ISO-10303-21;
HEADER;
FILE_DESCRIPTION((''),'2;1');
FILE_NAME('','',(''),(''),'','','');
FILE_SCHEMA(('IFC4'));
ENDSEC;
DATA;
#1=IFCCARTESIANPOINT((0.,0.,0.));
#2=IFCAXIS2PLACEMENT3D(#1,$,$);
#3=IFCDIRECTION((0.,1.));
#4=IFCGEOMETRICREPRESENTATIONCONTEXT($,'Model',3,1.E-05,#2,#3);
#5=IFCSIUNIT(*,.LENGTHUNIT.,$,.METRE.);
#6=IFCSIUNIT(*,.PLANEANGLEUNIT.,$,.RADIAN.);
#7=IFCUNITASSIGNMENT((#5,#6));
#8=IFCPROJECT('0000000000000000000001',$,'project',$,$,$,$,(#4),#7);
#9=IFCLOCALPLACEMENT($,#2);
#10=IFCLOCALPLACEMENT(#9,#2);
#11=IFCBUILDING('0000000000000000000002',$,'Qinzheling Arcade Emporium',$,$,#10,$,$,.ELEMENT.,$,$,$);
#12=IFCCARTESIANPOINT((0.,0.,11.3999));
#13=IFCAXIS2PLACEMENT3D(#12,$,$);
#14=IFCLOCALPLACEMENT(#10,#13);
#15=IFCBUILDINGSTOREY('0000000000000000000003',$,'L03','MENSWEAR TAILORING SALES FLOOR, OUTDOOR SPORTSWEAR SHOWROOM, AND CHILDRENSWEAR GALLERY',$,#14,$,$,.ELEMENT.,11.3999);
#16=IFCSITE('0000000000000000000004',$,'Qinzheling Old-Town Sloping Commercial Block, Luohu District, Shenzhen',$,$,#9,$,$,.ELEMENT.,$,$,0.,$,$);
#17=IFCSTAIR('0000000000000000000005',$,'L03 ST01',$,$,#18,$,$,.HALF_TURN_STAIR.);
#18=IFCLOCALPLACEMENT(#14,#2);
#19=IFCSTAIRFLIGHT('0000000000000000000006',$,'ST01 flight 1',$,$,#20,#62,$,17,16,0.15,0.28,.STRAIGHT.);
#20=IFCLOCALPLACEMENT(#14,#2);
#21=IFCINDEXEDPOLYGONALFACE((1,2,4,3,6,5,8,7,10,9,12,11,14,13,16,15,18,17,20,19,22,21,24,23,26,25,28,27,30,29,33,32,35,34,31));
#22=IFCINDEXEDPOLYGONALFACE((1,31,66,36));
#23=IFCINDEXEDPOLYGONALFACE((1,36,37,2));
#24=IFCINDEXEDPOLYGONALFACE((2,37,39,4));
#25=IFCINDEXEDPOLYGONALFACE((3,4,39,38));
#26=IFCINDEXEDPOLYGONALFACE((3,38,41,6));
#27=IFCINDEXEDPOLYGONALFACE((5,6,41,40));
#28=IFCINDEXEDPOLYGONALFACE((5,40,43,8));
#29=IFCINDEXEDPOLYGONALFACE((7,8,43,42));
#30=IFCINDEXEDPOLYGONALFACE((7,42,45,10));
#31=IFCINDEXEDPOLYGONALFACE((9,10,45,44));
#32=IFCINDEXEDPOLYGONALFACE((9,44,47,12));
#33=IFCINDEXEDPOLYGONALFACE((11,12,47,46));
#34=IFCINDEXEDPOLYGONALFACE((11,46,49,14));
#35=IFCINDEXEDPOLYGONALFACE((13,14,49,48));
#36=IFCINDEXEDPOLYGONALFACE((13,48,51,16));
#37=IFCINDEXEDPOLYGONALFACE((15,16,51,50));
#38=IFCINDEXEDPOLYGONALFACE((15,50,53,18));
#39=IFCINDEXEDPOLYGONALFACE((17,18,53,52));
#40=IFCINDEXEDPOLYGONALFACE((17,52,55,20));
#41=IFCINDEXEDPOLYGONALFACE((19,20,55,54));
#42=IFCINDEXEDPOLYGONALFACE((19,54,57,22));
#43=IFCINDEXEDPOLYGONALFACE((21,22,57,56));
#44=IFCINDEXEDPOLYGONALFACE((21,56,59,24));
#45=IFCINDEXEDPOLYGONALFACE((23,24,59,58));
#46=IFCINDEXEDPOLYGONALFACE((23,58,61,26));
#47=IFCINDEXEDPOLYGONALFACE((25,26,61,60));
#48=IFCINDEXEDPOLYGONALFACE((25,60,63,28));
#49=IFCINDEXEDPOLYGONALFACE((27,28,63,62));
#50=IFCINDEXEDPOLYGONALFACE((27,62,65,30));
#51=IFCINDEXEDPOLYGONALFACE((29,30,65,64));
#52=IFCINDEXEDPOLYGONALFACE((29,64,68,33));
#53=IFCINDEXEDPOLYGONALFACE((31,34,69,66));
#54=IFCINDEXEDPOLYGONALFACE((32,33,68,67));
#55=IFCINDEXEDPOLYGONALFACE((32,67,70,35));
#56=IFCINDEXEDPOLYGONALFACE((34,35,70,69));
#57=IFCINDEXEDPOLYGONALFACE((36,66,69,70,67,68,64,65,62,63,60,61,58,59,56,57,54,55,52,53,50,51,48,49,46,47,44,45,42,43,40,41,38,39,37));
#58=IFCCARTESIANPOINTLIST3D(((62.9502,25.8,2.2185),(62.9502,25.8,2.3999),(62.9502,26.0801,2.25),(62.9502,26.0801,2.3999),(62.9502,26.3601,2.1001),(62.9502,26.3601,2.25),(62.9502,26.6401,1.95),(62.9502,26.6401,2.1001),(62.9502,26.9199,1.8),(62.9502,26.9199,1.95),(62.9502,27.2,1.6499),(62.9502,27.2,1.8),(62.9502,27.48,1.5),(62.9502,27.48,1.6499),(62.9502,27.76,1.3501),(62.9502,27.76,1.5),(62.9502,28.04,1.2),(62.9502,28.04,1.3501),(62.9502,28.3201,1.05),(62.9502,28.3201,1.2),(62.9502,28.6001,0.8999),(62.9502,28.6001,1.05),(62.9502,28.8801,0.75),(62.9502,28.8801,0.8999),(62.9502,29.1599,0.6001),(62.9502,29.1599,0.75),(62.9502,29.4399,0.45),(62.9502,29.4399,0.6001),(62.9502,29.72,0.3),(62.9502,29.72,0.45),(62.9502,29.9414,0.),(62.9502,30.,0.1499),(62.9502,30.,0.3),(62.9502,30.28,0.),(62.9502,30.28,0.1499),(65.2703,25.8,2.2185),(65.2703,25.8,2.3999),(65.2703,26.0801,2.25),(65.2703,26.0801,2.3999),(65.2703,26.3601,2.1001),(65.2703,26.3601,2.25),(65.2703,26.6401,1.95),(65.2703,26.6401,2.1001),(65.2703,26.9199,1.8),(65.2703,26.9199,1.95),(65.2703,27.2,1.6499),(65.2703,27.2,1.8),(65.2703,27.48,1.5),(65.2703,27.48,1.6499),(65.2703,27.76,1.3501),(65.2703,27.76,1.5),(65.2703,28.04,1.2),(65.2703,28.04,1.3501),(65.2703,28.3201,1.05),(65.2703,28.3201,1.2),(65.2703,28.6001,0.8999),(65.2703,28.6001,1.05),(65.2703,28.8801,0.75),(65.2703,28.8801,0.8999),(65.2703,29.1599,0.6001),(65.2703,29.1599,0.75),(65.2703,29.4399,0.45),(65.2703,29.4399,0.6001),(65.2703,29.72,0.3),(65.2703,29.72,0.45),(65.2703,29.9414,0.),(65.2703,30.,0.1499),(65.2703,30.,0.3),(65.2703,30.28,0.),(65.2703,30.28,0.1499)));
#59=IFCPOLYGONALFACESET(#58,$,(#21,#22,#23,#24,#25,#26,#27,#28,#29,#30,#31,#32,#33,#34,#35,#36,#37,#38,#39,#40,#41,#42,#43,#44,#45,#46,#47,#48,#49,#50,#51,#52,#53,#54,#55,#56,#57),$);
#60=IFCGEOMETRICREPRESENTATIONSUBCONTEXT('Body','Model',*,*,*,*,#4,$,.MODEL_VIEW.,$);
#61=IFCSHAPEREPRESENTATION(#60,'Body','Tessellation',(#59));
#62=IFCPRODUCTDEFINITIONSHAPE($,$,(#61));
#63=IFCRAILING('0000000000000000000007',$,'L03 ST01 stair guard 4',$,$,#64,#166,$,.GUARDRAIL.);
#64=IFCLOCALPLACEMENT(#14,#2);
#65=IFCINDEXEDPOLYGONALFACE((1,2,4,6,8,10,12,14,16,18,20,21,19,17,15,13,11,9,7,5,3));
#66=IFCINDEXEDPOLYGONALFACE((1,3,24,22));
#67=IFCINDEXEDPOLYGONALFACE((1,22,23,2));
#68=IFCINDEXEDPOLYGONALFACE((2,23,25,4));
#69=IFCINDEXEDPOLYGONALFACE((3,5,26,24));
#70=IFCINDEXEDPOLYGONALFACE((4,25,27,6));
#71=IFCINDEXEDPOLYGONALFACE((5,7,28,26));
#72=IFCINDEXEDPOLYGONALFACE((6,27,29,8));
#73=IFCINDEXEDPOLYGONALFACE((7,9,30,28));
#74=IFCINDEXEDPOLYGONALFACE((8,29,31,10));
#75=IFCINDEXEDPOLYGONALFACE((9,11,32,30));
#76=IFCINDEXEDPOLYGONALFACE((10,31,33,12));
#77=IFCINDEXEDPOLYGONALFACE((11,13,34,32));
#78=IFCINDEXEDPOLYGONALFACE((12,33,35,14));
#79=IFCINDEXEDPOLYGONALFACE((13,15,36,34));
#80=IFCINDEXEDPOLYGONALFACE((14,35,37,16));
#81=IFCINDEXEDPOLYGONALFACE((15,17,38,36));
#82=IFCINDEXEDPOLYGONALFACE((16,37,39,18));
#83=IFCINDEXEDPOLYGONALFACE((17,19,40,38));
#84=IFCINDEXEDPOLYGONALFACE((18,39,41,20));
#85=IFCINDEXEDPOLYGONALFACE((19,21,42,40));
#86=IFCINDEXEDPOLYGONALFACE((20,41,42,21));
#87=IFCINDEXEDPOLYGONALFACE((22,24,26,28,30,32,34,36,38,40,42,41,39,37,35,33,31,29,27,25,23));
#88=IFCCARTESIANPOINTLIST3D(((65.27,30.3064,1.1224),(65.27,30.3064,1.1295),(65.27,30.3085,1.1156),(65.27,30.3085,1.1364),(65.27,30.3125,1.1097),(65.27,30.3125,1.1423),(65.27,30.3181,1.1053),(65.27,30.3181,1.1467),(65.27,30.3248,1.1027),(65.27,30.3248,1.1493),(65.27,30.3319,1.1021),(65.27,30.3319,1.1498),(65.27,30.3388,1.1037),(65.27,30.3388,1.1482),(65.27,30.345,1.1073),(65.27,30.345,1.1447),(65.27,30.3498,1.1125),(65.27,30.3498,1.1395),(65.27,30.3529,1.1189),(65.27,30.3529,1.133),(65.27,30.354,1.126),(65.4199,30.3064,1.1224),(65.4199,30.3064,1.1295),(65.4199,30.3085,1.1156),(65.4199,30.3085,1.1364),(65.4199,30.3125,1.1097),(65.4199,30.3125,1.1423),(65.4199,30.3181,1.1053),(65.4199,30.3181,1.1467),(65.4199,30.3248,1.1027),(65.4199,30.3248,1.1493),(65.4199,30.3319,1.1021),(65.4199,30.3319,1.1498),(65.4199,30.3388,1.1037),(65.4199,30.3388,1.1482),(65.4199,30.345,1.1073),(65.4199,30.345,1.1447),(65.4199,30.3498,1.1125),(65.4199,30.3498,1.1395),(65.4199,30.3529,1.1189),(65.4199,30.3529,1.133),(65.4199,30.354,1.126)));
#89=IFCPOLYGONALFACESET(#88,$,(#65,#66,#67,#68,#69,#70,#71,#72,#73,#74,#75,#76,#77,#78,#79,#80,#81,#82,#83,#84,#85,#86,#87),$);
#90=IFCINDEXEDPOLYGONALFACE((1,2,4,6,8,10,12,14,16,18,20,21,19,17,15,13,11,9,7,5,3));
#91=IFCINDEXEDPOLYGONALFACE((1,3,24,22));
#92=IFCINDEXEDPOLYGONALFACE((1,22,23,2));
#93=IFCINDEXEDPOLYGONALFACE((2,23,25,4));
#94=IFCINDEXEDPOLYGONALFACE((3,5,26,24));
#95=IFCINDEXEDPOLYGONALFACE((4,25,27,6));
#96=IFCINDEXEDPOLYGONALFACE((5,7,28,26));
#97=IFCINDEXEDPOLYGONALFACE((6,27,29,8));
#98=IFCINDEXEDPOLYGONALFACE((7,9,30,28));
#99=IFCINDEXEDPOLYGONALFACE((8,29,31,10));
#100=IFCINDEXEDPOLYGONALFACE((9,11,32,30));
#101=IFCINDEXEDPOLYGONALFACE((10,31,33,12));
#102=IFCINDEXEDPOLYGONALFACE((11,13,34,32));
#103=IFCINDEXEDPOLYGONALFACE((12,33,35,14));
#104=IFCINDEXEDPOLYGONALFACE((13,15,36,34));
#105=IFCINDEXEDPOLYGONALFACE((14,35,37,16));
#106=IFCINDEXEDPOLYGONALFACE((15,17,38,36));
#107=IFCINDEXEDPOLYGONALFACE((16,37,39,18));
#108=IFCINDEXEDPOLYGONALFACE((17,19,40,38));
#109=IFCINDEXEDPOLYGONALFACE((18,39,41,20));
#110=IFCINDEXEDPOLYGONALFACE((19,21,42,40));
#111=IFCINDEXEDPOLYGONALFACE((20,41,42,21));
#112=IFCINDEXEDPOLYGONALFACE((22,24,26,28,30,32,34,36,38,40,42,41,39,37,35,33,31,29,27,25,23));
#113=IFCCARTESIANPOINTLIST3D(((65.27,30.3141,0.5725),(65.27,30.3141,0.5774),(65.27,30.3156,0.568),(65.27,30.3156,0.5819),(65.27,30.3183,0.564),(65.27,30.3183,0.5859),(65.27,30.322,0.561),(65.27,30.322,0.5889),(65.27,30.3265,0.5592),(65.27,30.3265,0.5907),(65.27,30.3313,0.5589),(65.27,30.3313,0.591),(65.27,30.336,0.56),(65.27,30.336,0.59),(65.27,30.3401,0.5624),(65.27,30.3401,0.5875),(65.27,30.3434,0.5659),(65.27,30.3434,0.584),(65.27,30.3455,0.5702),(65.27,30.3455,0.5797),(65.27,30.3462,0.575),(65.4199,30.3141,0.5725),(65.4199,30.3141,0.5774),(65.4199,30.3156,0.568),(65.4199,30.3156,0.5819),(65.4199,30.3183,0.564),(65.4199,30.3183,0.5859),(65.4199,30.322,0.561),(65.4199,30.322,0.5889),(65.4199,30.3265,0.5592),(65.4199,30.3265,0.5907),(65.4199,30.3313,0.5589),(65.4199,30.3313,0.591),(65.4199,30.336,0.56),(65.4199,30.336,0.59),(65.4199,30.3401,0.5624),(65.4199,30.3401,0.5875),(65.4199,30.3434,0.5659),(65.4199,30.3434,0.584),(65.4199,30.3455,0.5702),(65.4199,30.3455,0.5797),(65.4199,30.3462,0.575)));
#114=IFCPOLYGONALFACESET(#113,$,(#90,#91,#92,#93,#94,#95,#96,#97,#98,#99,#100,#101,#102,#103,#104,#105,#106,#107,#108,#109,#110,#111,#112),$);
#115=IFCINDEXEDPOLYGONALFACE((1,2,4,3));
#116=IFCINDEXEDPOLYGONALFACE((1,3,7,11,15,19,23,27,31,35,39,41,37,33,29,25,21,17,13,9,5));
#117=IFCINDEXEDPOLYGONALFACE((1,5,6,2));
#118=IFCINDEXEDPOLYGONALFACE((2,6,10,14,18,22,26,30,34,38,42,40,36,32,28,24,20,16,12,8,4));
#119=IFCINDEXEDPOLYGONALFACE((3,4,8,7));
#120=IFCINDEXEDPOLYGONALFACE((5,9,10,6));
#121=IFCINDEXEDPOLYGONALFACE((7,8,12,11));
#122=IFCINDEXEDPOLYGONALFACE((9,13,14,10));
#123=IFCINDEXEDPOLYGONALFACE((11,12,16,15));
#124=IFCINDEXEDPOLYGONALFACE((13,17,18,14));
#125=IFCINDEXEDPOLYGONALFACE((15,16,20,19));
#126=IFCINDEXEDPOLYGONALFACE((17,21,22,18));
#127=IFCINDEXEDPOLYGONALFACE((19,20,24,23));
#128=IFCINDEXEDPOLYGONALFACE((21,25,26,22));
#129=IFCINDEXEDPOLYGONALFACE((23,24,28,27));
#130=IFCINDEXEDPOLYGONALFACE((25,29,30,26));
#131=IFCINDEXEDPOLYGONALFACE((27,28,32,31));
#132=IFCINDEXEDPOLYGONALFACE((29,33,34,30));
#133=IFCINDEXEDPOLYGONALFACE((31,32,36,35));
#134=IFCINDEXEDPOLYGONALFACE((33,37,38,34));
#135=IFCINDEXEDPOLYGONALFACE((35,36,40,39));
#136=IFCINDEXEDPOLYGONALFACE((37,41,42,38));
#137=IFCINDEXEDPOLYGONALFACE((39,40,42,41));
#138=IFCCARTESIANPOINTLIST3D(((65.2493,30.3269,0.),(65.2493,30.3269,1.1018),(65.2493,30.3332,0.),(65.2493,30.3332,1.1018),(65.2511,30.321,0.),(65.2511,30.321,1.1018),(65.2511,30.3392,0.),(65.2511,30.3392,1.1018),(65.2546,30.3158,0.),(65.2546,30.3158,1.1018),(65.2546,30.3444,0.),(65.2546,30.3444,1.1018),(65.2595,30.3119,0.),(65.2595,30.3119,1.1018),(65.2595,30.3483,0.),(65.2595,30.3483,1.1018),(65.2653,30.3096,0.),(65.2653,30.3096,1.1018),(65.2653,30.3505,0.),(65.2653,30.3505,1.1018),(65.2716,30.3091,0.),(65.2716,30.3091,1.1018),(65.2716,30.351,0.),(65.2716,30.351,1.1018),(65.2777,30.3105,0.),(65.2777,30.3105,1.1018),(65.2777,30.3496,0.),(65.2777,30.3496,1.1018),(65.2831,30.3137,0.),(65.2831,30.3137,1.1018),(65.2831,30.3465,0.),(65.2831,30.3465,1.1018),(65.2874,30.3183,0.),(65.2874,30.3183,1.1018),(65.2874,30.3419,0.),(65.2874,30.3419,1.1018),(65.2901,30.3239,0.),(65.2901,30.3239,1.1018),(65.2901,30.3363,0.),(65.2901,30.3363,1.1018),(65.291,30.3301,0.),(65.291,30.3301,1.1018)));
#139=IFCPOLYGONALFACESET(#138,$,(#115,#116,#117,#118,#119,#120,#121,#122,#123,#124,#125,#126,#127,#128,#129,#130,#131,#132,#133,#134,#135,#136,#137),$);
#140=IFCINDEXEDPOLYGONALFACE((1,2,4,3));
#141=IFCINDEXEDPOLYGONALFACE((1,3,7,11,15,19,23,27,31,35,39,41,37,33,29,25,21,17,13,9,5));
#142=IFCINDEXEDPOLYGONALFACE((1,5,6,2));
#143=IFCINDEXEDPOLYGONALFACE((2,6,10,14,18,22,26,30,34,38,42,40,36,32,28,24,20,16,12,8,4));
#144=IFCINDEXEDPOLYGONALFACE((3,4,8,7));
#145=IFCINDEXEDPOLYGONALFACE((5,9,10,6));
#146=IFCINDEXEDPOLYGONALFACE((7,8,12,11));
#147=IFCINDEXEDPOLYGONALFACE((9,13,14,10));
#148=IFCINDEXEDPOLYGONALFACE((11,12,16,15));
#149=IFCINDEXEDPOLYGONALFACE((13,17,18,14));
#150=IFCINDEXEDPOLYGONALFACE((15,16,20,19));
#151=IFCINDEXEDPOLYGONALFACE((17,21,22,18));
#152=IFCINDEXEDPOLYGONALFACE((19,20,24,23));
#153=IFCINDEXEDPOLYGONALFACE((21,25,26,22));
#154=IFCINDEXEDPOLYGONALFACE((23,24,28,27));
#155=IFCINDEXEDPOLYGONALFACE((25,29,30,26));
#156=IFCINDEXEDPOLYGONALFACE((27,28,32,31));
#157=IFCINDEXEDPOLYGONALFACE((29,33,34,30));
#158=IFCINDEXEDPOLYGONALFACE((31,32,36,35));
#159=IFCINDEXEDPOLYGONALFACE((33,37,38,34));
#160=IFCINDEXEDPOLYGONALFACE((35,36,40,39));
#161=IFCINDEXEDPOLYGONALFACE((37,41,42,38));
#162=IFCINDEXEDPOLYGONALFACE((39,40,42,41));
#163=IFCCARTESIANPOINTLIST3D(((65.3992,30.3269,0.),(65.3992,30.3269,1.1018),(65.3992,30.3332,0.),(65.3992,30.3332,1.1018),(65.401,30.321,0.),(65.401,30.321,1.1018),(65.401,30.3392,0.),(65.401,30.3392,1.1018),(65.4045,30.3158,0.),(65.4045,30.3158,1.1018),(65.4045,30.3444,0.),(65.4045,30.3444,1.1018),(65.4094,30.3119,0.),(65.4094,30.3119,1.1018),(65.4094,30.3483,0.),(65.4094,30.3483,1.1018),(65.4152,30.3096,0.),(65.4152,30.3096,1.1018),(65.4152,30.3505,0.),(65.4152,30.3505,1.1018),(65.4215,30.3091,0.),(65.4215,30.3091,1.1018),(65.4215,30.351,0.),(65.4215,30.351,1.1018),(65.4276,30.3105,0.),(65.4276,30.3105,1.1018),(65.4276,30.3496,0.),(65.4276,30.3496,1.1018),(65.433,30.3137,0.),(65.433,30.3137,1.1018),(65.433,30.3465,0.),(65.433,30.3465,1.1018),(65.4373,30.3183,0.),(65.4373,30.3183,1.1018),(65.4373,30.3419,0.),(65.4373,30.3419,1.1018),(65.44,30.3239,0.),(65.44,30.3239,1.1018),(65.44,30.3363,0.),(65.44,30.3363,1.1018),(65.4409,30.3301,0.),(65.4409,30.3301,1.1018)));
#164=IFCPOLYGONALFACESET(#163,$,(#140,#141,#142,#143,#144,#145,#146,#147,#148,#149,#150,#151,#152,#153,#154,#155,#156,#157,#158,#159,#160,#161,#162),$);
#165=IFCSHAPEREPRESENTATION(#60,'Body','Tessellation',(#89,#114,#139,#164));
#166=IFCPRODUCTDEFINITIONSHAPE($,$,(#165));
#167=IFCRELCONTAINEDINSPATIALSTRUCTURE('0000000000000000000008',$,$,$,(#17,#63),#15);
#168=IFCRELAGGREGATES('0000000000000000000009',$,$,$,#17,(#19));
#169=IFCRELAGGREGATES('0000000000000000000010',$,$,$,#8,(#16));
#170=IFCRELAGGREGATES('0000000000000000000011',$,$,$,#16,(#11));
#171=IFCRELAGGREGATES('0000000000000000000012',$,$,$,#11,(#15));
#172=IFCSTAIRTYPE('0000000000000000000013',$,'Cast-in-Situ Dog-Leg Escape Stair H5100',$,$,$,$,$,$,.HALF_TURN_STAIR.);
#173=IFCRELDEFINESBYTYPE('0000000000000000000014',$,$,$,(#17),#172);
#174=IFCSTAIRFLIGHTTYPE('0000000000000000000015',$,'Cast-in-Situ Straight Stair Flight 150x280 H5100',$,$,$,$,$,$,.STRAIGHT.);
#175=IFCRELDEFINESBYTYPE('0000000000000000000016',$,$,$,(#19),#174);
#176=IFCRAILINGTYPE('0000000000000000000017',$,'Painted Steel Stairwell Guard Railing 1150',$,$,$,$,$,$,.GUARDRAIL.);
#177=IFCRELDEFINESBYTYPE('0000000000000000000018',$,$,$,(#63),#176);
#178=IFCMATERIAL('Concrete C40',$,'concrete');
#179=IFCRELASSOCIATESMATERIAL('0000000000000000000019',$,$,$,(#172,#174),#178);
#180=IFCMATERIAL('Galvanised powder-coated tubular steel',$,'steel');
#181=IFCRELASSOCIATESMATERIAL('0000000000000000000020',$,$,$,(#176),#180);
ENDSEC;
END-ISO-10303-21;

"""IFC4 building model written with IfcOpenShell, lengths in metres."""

from ifc_helpers import new_model, si_unit, direction, frame, origin, origin_2d, place, context, subcontext, project, spatial, polyline, circle, outline, extrude, material, type_object, element, aggregate, save


model = new_model("IFC4")

# Units and contexts
model_context = context("Model", 3, precision=1e-05, world=origin(), true_north=direction((0.0, 1.0)))
body_context = subcontext(model_context, "Body", "Model", "MODEL_VIEW")
ifc_project = project(units=[si_unit("LENGTHUNIT", "METRE"), si_unit("PLANEANGLEUNIT", "RADIAN")], contexts=[model_context])

# Site, building, storey
site_placement = place(None, origin())
site = spatial("IfcSite", under=ifc_project, at=site_placement, Name="Qinzheling Old-Town Sloping Commercial Block, Luohu District, Shenzhen", CompositionType="ELEMENT", RefElevation=0.0)
building_placement = place(site_placement, origin())
building = spatial("IfcBuilding", under=site, at=building_placement, Name="Qinzheling Arcade Emporium", CompositionType="ELEMENT")
storey_placement = place(building_placement, frame((0.0, 0.0, 11.3999)))
storey = spatial("IfcBuildingStorey", under=building, at=storey_placement, Name="L03", Description="MENSWEAR TAILORING SALES FLOOR, OUTDOOR SPORTSWEAR SHOWROOM, AND CHILDRENSWEAR GALLERY", CompositionType="ELEMENT", Elevation=11.3999)

# Shared definitions
ifc_material_1 = material(Name="Concrete C40", Category="concrete")

# Stair, stair flight
stair_type = type_object("IfcStairType", Name="Cast-in-Situ Dog-Leg Escape Stair H5100", PredefinedType="HALF_TURN_STAIR", material=ifc_material_1)
stair_placement = place(storey_placement, origin())
stair = element("IfcStair", 1, at=stair_placement, inside=storey, type_object=stair_type, Name="L03 ST01", PredefinedType="HALF_TURN_STAIR")
stair_flight_type = type_object("IfcStairFlightType", Name="Cast-in-Situ Straight Stair Flight 150x280 H5100", PredefinedType="STRAIGHT", material=ifc_material_1)
stair_flight_placement = place(storey_placement, frame((64.1101, 30.28, 0.0), z_axis=(0.0, 0.0, 1.0), x_axis=(0.0, -1.0, 0.0)))
stair_flight = element("IfcStairFlight", 2, at=stair_flight_placement, type_object=stair_flight_type, Name="ST01 flight 1", NumberOfRisers=17, NumberOfTreads=16, PredefinedType="STRAIGHT", RiserHeight=0.15, TreadLength=0.28, context=body_context, shape_type="SweptSolid", body=[
    extrude(outline(polyline([(0.0, 0.0), (0.0, 0.1499), (0.28, 0.1499), (0.28, 0.3), (0.5601, 0.3), (0.5601, 0.45), (0.8401, 0.45), (0.8401, 0.6001), (1.1201, 0.6001), (1.1201, 0.75), (1.3999, 0.75), (1.3999, 0.8999), (1.6799, 0.8999), (1.6799, 1.05), (1.96, 1.05), (1.96, 1.2), (2.24, 1.2), (2.24, 1.3501), (2.52, 1.3501), (2.52, 1.5), (2.8, 1.5), (2.8, 1.6499), (3.0801, 1.6499), (3.0801, 1.8), (3.3601, 1.8), (3.3601, 1.95), (3.6399, 1.95), (3.6399, 2.1001), (3.9199, 2.1001), (3.9199, 2.25), (4.2, 2.25), (4.2, 2.3999), (4.48, 2.3999), (4.48, 2.55), (4.48, 2.2185), (0.3386, 0.0), (0.0, 0.0)])), frame((0.0, 1.1602, 0.0), z_axis=(0.0, -1.0, 0.0), x_axis=(1.0, 0.0, 0.0)), (0.0, 0.0, 1.0), 2.3201),
])
aggregate(stair, [stair_flight])

# Railing
ifc_material_2 = material(Name="Galvanised powder-coated tubular steel", Category="steel")
railing_type_1 = type_object("IfcRailingType", Name="Painted Steel Stairwell Guard Railing 1150", PredefinedType="GUARDRAIL", material=ifc_material_2)
railing_1_placement = place(storey_placement, frame((65.27, 30.3301, 0.0)))
element("IfcRailing", 3, at=railing_1_placement, inside=storey, type_object=railing_type_1, Name="L03 ST01 stair guard 4", PredefinedType="GUARDRAIL", context=body_context, shape_type="SweptSolid", body=[
    extrude(circle(Radius=0.0239, at=origin_2d()), frame((0.0, 0.0, 1.126), z_axis=(1.0, 0.0, 0.0), x_axis=(0.0, 1.0, 0.0)), (0.0, 0.0, 1.0), 0.1499),
    extrude(circle(Radius=0.0161, at=origin_2d()), frame((0.0, 0.0, 0.575), z_axis=(1.0, 0.0, 0.0), x_axis=(0.0, 1.0, 0.0)), (0.0, 0.0, 1.0), 0.1499),
    extrude(circle(Radius=0.021, at=origin_2d()), origin(), (0.0, 0.0, 1.0), 1.1018),
    extrude(circle(Radius=0.021, at=origin_2d()), frame((0.1499, 0.0, 0.0)), (0.0, 0.0, 1.0), 1.1018),
])

save(model, "model.ifc")
